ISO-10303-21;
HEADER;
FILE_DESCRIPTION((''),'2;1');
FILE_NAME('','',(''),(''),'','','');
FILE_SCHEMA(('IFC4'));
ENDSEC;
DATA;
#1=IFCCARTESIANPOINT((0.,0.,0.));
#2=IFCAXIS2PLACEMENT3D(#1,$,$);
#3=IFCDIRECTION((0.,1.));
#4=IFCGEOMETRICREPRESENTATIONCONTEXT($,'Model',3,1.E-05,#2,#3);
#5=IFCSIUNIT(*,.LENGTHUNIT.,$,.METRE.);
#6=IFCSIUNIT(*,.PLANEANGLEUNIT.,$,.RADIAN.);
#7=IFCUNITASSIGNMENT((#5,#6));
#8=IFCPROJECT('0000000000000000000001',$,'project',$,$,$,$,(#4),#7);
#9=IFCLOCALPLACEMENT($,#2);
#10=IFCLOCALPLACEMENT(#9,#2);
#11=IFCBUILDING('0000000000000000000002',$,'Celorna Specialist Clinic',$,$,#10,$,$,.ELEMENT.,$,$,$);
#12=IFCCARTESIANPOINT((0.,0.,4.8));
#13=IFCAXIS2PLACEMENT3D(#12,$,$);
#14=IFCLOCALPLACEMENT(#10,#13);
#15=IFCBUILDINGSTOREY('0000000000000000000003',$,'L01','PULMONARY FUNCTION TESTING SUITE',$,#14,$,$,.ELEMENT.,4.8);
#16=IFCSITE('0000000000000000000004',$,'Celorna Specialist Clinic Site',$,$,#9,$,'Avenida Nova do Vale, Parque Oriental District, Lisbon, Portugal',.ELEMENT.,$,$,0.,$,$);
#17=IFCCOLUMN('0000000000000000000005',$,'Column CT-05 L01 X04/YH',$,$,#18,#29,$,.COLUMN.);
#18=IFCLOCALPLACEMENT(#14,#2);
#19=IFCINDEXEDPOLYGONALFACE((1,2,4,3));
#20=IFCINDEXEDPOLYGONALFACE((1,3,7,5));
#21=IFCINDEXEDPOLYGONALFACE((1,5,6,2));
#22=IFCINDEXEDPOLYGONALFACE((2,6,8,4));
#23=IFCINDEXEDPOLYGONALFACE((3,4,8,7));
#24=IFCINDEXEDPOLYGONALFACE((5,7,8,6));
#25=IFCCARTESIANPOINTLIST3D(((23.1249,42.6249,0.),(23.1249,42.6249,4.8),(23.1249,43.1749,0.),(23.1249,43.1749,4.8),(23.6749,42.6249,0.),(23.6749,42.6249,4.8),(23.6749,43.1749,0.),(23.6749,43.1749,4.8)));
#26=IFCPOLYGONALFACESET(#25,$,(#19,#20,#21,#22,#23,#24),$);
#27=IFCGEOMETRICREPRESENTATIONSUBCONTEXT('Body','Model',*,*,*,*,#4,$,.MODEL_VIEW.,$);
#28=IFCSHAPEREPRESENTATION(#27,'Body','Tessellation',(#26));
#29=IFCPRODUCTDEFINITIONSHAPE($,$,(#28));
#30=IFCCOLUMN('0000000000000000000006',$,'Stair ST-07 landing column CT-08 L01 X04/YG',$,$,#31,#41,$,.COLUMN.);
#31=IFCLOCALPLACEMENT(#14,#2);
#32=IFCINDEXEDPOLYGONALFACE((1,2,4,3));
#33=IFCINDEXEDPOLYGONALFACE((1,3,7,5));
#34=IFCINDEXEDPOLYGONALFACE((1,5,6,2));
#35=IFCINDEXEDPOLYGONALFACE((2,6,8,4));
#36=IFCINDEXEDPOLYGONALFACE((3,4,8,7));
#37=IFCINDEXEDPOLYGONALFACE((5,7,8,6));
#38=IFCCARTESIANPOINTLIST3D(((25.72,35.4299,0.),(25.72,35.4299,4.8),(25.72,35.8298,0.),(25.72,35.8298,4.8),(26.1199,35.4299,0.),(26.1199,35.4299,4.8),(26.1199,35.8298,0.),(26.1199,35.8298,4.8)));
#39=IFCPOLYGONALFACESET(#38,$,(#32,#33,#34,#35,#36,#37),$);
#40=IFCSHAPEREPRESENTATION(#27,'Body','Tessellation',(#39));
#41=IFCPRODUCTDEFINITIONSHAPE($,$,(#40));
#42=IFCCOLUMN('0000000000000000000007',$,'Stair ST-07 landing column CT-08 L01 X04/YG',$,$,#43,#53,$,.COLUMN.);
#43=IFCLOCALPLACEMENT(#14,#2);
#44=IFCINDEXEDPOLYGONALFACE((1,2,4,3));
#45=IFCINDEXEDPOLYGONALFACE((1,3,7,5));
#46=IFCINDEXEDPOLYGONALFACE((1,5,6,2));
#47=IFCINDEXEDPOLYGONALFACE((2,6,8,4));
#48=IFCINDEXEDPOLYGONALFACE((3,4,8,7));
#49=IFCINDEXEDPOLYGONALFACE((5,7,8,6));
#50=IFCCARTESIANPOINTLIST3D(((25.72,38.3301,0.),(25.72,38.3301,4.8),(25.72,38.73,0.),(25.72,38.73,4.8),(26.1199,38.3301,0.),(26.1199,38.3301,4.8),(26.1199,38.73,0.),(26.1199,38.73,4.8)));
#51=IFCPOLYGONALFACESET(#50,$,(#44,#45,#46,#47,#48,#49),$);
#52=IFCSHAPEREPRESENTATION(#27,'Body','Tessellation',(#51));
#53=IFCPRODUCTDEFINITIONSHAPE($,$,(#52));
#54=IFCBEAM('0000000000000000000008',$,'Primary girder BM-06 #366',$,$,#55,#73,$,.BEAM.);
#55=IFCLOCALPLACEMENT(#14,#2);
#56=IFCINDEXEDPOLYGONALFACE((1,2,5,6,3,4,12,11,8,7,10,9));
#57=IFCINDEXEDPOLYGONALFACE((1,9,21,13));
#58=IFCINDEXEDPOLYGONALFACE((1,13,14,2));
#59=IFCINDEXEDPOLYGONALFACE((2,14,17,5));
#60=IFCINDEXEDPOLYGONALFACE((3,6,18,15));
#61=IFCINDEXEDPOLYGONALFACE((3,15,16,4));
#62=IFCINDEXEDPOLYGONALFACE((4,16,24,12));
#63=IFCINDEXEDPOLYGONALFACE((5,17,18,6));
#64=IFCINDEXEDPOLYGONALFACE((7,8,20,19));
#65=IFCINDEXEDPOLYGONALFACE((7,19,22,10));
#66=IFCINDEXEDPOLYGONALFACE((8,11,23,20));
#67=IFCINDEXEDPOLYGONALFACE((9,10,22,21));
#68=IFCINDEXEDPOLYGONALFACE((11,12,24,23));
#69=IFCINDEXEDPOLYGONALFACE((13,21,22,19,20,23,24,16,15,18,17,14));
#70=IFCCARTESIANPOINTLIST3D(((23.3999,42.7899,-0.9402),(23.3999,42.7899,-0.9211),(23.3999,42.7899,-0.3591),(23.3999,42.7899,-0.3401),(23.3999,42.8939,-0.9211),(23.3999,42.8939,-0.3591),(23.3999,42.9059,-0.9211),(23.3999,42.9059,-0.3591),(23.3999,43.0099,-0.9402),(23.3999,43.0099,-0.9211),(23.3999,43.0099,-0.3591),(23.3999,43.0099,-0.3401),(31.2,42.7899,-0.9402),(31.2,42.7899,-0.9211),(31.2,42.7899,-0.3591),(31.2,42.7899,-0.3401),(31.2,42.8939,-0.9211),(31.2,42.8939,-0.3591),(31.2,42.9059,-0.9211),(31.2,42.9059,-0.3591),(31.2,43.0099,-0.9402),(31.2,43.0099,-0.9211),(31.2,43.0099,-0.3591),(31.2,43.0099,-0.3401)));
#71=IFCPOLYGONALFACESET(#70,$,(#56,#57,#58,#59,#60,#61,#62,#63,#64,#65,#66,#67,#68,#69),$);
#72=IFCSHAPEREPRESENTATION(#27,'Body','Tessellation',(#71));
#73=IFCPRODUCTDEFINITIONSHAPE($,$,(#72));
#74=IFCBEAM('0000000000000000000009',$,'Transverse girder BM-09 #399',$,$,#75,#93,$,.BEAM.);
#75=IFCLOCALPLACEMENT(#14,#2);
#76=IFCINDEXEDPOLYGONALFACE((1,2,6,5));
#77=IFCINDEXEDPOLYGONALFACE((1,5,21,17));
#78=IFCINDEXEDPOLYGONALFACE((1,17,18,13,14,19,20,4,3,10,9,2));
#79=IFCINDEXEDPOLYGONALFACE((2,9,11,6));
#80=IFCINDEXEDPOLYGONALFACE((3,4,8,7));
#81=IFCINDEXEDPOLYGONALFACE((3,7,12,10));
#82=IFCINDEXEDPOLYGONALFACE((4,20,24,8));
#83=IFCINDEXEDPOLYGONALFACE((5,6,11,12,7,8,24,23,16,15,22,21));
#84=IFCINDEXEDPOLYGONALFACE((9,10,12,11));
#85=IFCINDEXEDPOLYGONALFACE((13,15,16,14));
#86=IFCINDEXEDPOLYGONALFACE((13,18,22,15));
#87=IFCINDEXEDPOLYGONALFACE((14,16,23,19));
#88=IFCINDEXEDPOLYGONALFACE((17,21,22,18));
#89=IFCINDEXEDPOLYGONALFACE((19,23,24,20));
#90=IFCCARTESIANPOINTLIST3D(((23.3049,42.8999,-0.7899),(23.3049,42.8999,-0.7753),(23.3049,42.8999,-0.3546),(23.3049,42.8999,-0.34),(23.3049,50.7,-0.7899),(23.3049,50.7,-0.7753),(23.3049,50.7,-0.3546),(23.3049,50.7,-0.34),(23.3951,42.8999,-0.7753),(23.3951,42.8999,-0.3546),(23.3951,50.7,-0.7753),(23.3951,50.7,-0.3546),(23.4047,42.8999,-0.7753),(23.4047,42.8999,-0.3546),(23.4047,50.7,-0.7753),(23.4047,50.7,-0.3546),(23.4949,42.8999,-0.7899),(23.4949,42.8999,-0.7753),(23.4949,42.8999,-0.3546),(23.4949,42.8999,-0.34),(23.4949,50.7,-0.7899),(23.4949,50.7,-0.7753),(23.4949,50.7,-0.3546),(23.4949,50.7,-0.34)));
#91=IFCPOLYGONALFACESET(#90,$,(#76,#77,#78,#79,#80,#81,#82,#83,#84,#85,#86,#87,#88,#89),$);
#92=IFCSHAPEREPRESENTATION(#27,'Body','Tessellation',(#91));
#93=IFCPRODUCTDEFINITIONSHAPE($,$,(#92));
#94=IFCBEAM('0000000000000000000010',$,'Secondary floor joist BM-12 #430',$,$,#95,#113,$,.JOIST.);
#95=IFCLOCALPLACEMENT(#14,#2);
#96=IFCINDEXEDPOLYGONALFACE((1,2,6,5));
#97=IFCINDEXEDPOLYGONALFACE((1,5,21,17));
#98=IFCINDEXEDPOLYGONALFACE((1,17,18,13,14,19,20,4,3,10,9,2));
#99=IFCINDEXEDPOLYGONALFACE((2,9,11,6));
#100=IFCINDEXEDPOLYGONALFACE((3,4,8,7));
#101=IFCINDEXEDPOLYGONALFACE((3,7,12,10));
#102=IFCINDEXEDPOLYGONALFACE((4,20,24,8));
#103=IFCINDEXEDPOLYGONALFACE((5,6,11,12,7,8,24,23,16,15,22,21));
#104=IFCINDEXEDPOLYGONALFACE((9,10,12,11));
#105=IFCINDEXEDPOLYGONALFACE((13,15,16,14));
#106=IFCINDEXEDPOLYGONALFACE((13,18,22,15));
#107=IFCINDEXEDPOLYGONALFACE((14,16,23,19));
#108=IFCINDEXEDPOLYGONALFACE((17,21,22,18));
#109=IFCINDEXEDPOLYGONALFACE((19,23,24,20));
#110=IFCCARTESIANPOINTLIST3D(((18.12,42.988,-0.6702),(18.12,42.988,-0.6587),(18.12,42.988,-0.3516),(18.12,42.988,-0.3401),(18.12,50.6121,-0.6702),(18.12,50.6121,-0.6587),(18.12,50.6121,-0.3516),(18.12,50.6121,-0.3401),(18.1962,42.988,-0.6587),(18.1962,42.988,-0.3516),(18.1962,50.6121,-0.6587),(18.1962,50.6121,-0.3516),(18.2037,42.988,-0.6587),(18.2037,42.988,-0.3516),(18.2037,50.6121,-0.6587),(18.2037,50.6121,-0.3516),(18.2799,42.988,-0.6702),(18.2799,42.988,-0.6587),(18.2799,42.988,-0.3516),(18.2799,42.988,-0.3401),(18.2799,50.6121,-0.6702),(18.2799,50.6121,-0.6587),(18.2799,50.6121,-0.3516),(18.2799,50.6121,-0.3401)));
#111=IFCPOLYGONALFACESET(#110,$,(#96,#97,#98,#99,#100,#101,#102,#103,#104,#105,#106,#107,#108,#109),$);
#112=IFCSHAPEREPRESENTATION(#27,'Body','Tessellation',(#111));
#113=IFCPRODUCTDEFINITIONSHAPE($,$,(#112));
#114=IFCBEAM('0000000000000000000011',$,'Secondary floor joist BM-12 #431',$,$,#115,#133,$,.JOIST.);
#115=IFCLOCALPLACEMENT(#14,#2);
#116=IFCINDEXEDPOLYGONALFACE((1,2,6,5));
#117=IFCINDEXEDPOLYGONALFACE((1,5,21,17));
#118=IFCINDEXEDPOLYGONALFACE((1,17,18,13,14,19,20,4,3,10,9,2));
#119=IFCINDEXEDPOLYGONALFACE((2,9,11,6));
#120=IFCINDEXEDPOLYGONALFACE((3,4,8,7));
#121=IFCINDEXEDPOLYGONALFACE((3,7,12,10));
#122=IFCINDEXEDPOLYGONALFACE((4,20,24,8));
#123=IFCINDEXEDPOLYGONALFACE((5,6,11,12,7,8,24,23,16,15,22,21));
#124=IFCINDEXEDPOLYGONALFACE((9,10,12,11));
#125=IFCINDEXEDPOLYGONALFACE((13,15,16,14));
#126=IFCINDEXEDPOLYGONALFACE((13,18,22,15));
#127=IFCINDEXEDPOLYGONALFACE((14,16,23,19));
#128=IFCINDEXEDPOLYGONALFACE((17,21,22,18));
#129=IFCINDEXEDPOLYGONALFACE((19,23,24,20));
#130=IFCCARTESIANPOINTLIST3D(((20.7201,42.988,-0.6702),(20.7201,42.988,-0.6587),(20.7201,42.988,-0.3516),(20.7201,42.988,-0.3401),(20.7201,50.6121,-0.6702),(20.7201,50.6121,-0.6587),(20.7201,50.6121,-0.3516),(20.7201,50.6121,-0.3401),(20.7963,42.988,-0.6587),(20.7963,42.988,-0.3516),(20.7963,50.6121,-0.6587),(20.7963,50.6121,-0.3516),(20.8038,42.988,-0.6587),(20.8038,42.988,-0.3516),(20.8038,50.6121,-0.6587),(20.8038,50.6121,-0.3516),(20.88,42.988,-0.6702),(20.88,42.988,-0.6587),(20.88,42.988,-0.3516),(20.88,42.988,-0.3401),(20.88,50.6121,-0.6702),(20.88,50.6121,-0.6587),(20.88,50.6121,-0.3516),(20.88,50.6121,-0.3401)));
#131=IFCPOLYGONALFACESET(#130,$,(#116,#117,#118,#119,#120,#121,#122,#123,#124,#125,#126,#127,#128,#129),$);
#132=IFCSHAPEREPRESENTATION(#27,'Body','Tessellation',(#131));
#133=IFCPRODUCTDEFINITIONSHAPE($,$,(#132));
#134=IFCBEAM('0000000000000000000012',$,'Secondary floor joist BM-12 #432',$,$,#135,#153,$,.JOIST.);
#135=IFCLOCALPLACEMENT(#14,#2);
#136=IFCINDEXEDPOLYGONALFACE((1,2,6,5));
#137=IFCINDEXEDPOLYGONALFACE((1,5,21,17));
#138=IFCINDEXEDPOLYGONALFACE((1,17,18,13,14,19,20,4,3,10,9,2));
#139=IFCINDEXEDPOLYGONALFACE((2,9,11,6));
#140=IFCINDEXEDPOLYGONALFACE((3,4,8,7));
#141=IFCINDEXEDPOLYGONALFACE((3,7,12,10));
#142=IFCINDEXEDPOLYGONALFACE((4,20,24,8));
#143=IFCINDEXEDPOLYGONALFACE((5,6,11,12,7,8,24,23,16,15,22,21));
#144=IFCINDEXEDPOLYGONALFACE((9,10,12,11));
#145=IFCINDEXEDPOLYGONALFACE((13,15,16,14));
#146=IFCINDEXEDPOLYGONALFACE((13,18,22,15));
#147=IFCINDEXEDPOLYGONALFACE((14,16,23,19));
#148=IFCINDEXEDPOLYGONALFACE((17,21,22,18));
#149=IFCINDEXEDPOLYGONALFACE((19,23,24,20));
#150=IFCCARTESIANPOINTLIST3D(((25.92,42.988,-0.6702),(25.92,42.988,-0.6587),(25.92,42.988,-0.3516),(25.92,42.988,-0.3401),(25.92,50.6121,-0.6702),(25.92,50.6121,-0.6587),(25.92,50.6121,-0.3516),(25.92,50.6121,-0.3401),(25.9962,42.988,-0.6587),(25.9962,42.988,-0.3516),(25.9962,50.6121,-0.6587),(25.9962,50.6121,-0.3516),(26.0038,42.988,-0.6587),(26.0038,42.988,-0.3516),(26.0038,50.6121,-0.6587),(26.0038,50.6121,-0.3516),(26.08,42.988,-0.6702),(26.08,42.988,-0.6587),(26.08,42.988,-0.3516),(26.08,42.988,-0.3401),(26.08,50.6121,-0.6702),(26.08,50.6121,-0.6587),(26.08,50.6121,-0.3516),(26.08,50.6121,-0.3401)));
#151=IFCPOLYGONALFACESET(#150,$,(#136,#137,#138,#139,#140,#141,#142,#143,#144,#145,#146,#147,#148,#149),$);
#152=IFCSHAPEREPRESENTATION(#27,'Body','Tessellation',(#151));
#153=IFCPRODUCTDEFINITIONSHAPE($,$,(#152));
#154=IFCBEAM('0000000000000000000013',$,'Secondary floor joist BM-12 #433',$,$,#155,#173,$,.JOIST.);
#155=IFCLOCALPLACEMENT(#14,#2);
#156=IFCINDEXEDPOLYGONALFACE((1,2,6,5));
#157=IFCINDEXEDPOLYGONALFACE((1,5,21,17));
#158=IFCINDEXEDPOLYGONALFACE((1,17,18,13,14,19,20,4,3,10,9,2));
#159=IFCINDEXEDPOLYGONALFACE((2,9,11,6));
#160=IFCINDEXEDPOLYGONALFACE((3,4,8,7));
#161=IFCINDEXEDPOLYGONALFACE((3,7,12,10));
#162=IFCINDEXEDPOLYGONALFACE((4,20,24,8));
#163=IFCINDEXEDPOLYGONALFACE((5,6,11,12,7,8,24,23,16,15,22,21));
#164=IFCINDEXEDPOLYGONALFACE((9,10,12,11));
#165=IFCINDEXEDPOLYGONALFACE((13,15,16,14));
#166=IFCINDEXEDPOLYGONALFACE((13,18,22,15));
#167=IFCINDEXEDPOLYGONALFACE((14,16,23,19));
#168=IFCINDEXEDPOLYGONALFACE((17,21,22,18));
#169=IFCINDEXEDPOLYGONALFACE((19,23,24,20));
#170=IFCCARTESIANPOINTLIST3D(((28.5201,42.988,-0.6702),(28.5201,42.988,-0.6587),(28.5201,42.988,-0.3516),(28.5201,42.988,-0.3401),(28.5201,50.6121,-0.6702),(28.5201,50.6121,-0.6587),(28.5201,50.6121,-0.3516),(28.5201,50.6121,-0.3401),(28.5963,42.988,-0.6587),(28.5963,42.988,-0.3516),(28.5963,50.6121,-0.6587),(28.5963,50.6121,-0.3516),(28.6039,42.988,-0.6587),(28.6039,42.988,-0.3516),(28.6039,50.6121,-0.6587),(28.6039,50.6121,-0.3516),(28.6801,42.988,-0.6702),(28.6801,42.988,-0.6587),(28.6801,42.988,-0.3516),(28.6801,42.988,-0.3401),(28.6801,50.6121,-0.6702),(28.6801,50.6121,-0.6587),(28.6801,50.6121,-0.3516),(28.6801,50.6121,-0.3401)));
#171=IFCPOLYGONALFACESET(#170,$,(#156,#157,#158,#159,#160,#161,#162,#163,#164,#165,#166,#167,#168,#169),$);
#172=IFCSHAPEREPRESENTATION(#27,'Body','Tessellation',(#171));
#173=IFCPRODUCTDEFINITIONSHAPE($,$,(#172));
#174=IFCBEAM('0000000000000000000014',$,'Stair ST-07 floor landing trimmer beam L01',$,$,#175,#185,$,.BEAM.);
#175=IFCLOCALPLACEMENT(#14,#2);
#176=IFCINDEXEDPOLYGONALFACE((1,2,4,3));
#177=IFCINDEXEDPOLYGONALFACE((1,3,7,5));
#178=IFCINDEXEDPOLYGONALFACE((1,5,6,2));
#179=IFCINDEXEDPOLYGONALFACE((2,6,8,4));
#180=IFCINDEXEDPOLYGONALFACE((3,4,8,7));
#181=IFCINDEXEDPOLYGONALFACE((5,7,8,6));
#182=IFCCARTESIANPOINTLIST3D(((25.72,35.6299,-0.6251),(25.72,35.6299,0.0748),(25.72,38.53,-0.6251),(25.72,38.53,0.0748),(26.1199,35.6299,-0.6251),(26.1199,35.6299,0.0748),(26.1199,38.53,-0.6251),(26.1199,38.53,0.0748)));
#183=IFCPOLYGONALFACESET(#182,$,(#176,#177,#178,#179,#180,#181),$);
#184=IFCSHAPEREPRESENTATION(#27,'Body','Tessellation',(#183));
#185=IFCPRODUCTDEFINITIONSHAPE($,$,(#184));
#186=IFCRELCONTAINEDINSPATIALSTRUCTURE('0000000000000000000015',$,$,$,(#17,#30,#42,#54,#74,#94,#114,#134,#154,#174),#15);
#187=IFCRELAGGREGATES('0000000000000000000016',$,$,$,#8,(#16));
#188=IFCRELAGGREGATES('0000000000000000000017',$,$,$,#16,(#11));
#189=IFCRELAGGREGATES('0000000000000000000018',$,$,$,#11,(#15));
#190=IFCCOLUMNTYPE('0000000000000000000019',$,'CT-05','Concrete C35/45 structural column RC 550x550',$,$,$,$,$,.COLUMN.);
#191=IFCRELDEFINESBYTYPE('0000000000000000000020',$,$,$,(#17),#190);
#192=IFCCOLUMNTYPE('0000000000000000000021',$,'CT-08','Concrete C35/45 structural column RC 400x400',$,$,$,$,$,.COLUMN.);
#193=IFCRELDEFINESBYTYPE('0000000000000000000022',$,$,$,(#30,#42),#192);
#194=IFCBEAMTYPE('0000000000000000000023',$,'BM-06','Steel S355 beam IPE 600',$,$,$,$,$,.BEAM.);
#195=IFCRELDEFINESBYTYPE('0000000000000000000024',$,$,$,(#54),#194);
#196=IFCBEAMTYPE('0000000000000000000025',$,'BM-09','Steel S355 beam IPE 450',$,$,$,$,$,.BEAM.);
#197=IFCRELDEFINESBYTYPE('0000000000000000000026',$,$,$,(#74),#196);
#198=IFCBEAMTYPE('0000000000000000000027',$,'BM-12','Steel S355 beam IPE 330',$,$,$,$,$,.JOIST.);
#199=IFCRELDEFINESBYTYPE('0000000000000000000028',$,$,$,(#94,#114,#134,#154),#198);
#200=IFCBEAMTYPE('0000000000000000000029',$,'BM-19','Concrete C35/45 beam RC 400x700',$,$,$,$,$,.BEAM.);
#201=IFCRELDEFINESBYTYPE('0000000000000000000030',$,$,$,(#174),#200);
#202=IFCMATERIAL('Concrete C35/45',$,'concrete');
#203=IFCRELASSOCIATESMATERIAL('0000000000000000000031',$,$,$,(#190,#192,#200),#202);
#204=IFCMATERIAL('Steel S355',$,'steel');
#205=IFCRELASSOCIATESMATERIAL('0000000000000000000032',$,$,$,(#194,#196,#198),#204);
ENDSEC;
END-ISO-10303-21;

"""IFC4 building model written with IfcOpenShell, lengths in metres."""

from ifc_helpers import new_model, si_unit, direction, frame, origin, origin_2d, place, context, subcontext, project, spatial, rectangle, i_section, extrude, material, material_profile, profile_set, type_object, element, save


model = new_model("IFC4")

# Units and contexts
model_context = context("Model", 3, precision=1e-05, world=origin(), true_north=direction((0.0, 1.0)))
body_context = subcontext(model_context, "Body", "Model", "MODEL_VIEW")
ifc_project = project(units=[si_unit("LENGTHUNIT", "METRE"), si_unit("PLANEANGLEUNIT", "RADIAN")], contexts=[model_context])

# Site, building, storey
site_placement = place(None, origin())
site = spatial("IfcSite", under=ifc_project, at=site_placement, Name="Celorna Specialist Clinic Site", LongName="Avenida Nova do Vale, Parque Oriental District, Lisbon, Portugal", CompositionType="ELEMENT", RefElevation=0.0)
building_placement = place(site_placement, origin())
building = spatial("IfcBuilding", under=site, at=building_placement, Name="Celorna Specialist Clinic", CompositionType="ELEMENT")
storey_placement = place(building_placement, frame((0.0, 0.0, 4.8)))
storey = spatial("IfcBuildingStorey", under=building, at=storey_placement, Name="L01", Description="PULMONARY FUNCTION TESTING SUITE", CompositionType="ELEMENT", Elevation=4.8)

# Columns
ifc_material_1 = material(Name="Concrete C35/45", Category="concrete")
ifc_material_profile_1 = material_profile(ifc_material_1, rectangle(XDim=0.55, YDim=0.55, at=origin_2d()), Name="RC 550x550")
ifc_profile_set_1 = profile_set([ifc_material_profile_1], Name="Concrete C35/45")
column_type_1 = type_object("IfcColumnType", Name="CT-05", Description="Concrete C35/45 structural column RC 550x550", PredefinedType="COLUMN", material=ifc_profile_set_1)
column_placement = place(storey_placement, frame((23.3999, 42.8999, 0.0), z_axis=(0.0, 0.0, 1.0), x_axis=(1.0, 0.0, 0.0)))
element("IfcColumn", 1, at=column_placement, inside=storey, type_object=column_type_1, Name="Column CT-05 L01 X04/YH", PredefinedType="COLUMN", context=body_context, shape_type="SweptSolid", body=[
    extrude(rectangle(XDim=0.55, YDim=0.55, at=origin_2d()), origin(), (0.0, 0.0, 1.0), 4.8),
])
ifc_material_profile_2 = material_profile(ifc_material_1, rectangle(XDim=0.3999, YDim=0.3999, at=origin_2d()), Name="RC 400x400")
ifc_profile_set_2 = profile_set([ifc_material_profile_2], Name="Concrete C35/45")
column_type_2 = type_object("IfcColumnType", Name="CT-08", Description="Concrete C35/45 structural column RC 400x400", PredefinedType="COLUMN", material=ifc_profile_set_2)
for number, where, z_axis, x_axis, name in (
    (2, (25.9199, 35.6299, 0.0), (0.0, 0.0, 1.0), (1.0, 0.0, 0.0), "Stair ST-07 landing column CT-08 L01 X04/YG"),
    (3, (25.9199, 38.53, 0.0), (0.0, 0.0, 1.0), (1.0, 0.0, 0.0), "Stair ST-07 landing column CT-08 L01 X04/YG"),
):
    element("IfcColumn", number, at=place(storey_placement, frame(where, z_axis=z_axis, x_axis=x_axis)), inside=storey, type_object=column_type_2, Name=name, PredefinedType="COLUMN", context=body_context, shape_type="SweptSolid", body=[
        extrude(rectangle(XDim=0.3999, YDim=0.3999, at=origin_2d()), origin(), (0.0, 0.0, 1.0), 4.8),
    ])

# Beams
ifc_material_2 = material(Name="Steel S355", Category="steel")
ifc_material_profile_3 = material_profile(ifc_material_2, i_section(OverallWidth=0.22, OverallDepth=0.6001, WebThickness=0.012, FlangeThickness=0.019, at=origin_2d()), Name="IPE 600")
ifc_profile_set_3 = profile_set([ifc_material_profile_3], Name="Steel S355")
beam_type_1 = type_object("IfcBeamType", Name="BM-06", Description="Steel S355 beam IPE 600", PredefinedType="BEAM", material=ifc_profile_set_3)
beam_1_placement = place(storey_placement, frame((23.3999, 42.8999, -0.6401), z_axis=(1.0, 0.0, 0.0), x_axis=(0.0, 1.0, 0.0)))
element("IfcBeam", 4, at=beam_1_placement, inside=storey, type_object=beam_type_1, Name="Primary girder BM-06 #366", PredefinedType="BEAM", context=body_context, shape_type="SweptSolid", body=[
    extrude(i_section(OverallWidth=0.22, OverallDepth=0.6001, WebThickness=0.012, FlangeThickness=0.019, at=origin_2d()), origin(), (0.0, 0.0, 1.0), 7.8),
])
ifc_material_profile_4 = material_profile(ifc_material_2, i_section(OverallWidth=0.1899, OverallDepth=0.45, WebThickness=0.0095, FlangeThickness=0.0146, at=origin_2d()), Name="IPE 450")
ifc_profile_set_4 = profile_set([ifc_material_profile_4], Name="Steel S355")
beam_type_2 = type_object("IfcBeamType", Name="BM-09", Description="Steel S355 beam IPE 450", PredefinedType="BEAM", material=ifc_profile_set_4)
beam_2_placement = place(storey_placement, frame((23.3999, 42.8999, -0.5649), z_axis=(0.0, 1.0, 0.0), x_axis=(-1.0, 0.0, 0.0)))
element("IfcBeam", 5, at=beam_2_placement, inside=storey, type_object=beam_type_2, Name="Transverse girder BM-09 #399", PredefinedType="BEAM", context=body_context, shape_type="SweptSolid", body=[
    extrude(i_section(OverallWidth=0.1899, OverallDepth=0.45, WebThickness=0.0095, FlangeThickness=0.0146, at=origin_2d()), origin(), (0.0, 0.0, 1.0), 7.8),
])
ifc_material_profile_5 = material_profile(ifc_material_2, i_section(OverallWidth=0.1599, OverallDepth=0.3301, WebThickness=0.0076, FlangeThickness=0.0115, at=origin_2d()), Name="IPE 330")
ifc_profile_set_5 = profile_set([ifc_material_profile_5], Name="Steel S355")
beam_type_3 = type_object("IfcBeamType", Name="BM-12", Description="Steel S355 beam IPE 330", PredefinedType="JOIST", material=ifc_profile_set_5)
for number, where, z_axis, x_axis, name in (
    (6, (18.2, 42.988, -0.5051), (0.0, 1.0, 0.0), (-1.0, 0.0, 0.0), "Secondary floor joist BM-12 #430"),
    (7, (20.8, 42.988, -0.5051), (0.0, 1.0, 0.0), (-1.0, 0.0, 0.0), "Secondary floor joist BM-12 #431"),
    (8, (26.0, 42.988, -0.5051), (0.0, 1.0, 0.0), (-1.0, 0.0, 0.0), "Secondary floor joist BM-12 #432"),
    (9, (28.6001, 42.988, -0.5051), (0.0, 1.0, 0.0), (-1.0, 0.0, 0.0), "Secondary floor joist BM-12 #433"),
):
    element("IfcBeam", number, at=place(storey_placement, frame(where, z_axis=z_axis, x_axis=x_axis)), inside=storey, type_object=beam_type_3, Name=name, PredefinedType="JOIST", context=body_context, shape_type="SweptSolid", body=[
        extrude(i_section(OverallWidth=0.1599, OverallDepth=0.3301, WebThickness=0.0076, FlangeThickness=0.0115, at=origin_2d()), origin(), (0.0, 0.0, 1.0), 7.624),
    ])
ifc_material_profile_6 = material_profile(ifc_material_1, rectangle(XDim=0.3999, YDim=0.7, at=origin_2d()), Name="RC 400x700")
ifc_profile_set_6 = profile_set([ifc_material_profile_6], Name="Concrete C35/45")
beam_type_4 = type_object("IfcBeamType", Name="BM-19", Description="Concrete C35/45 beam RC 400x700", PredefinedType="BEAM", material=ifc_profile_set_6)
beam_3_placement = place(storey_placement, frame((25.9199, 35.6299, -0.2751), z_axis=(0.0, 1.0, 0.0), x_axis=(-1.0, 0.0, 0.0)))
element("IfcBeam", 10, at=beam_3_placement, inside=storey, type_object=beam_type_4, Name="Stair ST-07 floor landing trimmer beam L01", PredefinedType="BEAM", context=body_context, shape_type="SweptSolid", body=[
    extrude(rectangle(XDim=0.3999, YDim=0.7, at=origin_2d()), origin(), (0.0, 0.0, 1.0), 2.9001),
])

save(model, "model.ifc")
